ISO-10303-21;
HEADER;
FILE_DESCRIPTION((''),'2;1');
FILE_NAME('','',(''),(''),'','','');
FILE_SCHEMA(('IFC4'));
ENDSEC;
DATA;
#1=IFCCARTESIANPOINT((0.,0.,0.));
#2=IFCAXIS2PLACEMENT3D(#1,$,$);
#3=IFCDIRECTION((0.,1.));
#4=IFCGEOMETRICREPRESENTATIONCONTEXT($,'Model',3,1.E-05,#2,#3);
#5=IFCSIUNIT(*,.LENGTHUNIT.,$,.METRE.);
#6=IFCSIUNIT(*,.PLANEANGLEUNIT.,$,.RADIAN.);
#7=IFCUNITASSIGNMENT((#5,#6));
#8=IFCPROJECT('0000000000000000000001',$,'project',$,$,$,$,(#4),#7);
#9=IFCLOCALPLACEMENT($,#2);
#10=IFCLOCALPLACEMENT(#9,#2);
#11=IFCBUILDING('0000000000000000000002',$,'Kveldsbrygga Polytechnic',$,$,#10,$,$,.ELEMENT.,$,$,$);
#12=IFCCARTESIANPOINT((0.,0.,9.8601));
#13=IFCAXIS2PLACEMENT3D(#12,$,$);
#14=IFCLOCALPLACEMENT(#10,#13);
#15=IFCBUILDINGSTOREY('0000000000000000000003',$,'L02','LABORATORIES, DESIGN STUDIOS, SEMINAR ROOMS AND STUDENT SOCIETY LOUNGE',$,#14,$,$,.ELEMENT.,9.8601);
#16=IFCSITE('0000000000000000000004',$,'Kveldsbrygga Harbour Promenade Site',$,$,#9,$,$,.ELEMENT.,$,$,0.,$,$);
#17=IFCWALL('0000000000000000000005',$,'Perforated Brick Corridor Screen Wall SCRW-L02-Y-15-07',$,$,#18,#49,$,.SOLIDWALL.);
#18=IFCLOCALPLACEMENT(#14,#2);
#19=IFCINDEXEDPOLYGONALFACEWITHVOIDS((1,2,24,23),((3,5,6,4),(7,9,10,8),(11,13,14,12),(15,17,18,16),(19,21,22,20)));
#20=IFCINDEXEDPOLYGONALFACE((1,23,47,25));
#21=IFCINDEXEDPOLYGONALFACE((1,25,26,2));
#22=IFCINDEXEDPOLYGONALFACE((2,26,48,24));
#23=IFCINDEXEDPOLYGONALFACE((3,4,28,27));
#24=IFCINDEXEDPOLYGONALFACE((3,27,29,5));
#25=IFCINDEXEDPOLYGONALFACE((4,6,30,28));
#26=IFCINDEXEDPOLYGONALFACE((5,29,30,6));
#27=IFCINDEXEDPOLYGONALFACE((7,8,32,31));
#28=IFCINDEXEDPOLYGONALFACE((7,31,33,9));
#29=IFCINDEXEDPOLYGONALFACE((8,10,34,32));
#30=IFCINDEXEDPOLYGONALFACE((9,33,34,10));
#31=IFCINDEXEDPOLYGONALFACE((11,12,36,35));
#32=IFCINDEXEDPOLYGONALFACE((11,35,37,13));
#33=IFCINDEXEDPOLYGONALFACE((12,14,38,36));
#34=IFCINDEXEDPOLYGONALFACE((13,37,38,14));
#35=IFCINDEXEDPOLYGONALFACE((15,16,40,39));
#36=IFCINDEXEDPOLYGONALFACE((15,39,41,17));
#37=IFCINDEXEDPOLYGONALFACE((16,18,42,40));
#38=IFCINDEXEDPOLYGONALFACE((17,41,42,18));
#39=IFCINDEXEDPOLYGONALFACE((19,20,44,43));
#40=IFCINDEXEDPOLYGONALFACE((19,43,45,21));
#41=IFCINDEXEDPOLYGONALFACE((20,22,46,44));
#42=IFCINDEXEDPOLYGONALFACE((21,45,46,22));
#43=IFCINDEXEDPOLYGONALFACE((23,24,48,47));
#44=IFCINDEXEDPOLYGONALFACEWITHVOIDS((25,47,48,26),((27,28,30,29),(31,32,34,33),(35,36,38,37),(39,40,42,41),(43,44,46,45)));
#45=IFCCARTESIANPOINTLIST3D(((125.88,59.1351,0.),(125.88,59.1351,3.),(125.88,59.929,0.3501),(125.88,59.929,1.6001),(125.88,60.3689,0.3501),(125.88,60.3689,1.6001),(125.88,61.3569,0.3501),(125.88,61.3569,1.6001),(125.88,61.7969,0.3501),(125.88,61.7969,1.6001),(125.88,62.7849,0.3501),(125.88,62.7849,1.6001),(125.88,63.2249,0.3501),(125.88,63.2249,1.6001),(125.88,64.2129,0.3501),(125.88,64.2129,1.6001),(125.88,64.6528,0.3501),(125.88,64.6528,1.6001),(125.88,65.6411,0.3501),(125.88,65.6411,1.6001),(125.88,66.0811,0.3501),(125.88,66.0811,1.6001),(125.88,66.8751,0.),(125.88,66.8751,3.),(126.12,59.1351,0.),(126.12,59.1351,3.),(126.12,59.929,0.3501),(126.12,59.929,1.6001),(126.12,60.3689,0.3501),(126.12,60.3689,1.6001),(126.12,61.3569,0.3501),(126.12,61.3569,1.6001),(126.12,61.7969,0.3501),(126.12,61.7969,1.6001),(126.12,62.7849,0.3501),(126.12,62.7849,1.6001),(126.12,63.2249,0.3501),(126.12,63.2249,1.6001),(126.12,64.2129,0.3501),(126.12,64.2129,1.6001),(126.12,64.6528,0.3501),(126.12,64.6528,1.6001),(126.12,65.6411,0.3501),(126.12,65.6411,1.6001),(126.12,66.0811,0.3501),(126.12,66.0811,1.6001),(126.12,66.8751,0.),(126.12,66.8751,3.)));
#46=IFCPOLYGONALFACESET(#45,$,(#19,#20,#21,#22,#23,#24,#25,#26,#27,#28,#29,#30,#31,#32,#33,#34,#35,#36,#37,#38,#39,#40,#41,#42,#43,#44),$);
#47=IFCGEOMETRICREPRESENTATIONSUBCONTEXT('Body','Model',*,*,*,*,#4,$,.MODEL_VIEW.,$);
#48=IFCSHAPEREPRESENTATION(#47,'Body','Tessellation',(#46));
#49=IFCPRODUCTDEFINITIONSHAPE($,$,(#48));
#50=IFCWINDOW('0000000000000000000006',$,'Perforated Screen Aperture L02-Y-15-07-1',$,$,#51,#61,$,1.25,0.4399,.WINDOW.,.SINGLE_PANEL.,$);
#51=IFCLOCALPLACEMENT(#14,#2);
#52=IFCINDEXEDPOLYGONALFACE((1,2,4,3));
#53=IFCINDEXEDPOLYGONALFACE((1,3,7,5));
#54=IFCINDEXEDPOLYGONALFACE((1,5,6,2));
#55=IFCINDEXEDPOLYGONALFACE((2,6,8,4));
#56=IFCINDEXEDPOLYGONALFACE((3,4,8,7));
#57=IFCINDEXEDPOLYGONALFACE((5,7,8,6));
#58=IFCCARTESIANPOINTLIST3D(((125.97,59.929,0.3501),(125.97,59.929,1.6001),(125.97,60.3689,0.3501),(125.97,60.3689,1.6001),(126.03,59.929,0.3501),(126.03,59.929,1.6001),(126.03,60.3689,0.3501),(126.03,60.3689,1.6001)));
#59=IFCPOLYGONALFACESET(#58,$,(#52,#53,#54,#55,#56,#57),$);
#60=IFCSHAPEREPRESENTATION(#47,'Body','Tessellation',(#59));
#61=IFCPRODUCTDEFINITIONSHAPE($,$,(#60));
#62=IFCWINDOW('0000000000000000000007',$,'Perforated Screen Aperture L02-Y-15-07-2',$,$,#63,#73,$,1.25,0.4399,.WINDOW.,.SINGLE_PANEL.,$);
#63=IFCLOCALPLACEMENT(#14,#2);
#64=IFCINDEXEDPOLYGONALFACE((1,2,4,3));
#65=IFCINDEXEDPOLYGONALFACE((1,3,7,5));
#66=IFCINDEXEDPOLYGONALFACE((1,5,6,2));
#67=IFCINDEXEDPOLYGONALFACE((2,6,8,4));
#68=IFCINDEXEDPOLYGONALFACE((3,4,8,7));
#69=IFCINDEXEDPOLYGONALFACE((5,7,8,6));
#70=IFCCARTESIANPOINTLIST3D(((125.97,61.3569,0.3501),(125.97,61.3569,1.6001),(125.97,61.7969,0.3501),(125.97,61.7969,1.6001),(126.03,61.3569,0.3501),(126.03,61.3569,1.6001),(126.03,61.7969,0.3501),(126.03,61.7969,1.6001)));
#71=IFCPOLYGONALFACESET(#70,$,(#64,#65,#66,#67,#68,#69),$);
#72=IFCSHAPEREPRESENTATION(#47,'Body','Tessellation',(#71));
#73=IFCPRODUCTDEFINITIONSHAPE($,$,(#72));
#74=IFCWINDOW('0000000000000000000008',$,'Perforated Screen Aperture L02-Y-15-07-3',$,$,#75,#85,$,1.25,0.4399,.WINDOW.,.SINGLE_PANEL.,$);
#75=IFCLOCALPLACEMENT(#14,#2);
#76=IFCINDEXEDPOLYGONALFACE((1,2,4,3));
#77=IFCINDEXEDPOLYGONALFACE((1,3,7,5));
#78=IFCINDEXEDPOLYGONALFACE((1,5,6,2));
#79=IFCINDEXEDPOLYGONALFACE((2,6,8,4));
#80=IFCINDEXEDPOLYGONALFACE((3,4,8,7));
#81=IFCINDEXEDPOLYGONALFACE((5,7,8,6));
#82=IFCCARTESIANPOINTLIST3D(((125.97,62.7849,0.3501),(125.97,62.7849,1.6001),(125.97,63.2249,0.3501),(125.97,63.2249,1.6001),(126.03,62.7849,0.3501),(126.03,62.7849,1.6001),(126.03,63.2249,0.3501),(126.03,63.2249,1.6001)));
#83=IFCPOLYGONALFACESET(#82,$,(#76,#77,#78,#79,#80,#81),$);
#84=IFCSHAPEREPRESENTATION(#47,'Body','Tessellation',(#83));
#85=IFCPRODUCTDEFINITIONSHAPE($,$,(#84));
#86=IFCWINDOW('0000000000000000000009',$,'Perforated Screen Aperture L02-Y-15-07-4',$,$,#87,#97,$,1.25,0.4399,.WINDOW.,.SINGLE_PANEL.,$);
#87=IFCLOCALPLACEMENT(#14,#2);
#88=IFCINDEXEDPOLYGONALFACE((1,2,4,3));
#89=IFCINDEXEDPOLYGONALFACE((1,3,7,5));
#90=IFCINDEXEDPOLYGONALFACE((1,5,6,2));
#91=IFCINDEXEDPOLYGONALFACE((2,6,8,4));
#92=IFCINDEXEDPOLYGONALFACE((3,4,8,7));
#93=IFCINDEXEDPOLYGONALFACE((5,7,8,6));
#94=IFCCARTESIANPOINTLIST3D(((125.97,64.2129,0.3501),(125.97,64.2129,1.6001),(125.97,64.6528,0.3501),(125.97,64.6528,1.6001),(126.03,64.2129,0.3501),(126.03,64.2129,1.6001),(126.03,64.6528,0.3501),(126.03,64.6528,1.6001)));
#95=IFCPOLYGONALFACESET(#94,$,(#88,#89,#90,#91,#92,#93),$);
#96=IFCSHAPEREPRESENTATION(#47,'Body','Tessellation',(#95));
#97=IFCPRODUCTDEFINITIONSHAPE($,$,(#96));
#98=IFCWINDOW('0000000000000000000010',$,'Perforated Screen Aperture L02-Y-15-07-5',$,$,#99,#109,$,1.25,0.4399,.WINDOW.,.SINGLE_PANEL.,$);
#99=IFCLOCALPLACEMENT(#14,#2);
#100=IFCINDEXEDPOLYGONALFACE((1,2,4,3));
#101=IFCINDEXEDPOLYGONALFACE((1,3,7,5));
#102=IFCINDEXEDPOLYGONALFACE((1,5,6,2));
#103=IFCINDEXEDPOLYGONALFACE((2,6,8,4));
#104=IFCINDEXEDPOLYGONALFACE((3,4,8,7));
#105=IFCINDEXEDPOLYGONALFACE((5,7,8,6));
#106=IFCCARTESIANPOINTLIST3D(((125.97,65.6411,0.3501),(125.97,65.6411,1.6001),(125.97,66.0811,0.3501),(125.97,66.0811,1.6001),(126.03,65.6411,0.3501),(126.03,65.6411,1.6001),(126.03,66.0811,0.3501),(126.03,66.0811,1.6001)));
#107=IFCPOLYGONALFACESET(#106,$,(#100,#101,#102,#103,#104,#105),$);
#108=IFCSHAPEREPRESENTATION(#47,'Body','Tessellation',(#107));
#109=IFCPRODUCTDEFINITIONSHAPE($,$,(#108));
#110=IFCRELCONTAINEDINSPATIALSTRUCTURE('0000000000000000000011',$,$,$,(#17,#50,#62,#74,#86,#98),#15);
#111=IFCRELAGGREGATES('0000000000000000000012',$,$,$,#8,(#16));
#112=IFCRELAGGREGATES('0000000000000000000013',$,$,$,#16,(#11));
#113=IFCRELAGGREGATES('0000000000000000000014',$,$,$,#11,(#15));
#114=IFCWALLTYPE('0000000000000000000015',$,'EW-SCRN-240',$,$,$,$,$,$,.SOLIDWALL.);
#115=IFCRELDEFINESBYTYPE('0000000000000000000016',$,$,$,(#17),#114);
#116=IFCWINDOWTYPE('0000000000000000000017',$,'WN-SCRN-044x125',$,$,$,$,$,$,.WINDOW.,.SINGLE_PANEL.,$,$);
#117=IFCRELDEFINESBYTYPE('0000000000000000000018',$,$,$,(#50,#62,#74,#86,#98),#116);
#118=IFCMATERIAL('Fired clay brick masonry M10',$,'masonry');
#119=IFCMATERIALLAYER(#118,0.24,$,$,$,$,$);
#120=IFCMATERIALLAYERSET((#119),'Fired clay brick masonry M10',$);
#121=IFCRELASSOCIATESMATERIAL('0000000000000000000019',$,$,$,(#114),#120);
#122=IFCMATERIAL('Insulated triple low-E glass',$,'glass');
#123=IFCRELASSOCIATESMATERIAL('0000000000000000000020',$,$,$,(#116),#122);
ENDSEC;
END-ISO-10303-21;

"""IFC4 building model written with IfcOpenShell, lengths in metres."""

from ifc_helpers import new_model, si_unit, direction, frame, frame_2d, origin, place, context, subcontext, project, spatial, rectangle, extrude, material, layer, layer_set, type_object, element, fill, save


model = new_model("IFC4")

# Units and contexts
model_context = context("Model", 3, precision=1e-05, world=origin(), true_north=direction((0.0, 1.0)))
body_context = subcontext(model_context, "Body", "Model", "MODEL_VIEW")
ifc_project = project(units=[si_unit("LENGTHUNIT", "METRE"), si_unit("PLANEANGLEUNIT", "RADIAN")], contexts=[model_context])

# Site, building, storey
site_placement = place(None, origin())
site = spatial("IfcSite", under=ifc_project, at=site_placement, Name="Kveldsbrygga Harbour Promenade Site", CompositionType="ELEMENT", RefElevation=0.0)
building_placement = place(site_placement, origin())
building = spatial("IfcBuilding", under=site, at=building_placement, Name="Kveldsbrygga Polytechnic", CompositionType="ELEMENT")
storey_placement = place(building_placement, frame((0.0, 0.0, 9.8601)))
storey = spatial("IfcBuildingStorey", under=building, at=storey_placement, Name="L02", Description="LABORATORIES, DESIGN STUDIOS, SEMINAR ROOMS AND STUDENT SOCIETY LOUNGE", CompositionType="ELEMENT", Elevation=9.8601)

# Shared definitions
ifc_material_1 = material(Name="Fired clay brick masonry M10", Category="masonry")

# Wall, openings, windows
ifc_layer_1 = layer(ifc_material_1, 0.24)
ifc_layer_set_1 = layer_set([ifc_layer_1], Name="Fired clay brick masonry M10")
wall_type_1 = type_object("IfcWallType", Name="EW-SCRN-240", PredefinedType="SOLIDWALL", material=ifc_layer_set_1)
wall_1_placement = place(storey_placement, frame((126.0, 59.135, 0.0), z_axis=(0.0, 0.0, 1.0), x_axis=(0.0, 1.0, 0.0)))
wall_1 = element("IfcWall", 1, at=wall_1_placement, inside=storey, type_object=wall_type_1, Name="Perforated Brick Corridor Screen Wall SCRW-L02-Y-15-07", PredefinedType="SOLIDWALL", context=body_context, shape_type="SweptSolid", body=[
    extrude(rectangle(XDim=7.74, YDim=0.24, at=frame_2d((3.8701, 0.0))), origin(), (0.0, 0.0, 1.0), 3.0),
])
opening_1_placement = place(wall_1_placement, frame((0.7939, 0.0, 0.3501)))
opening_1 = element("IfcOpeningElement", 2, at=opening_1_placement, cuts=wall_1, PredefinedType="OPENING", context=body_context, shape_type="SweptSolid", body=[
    extrude(rectangle(XDim=0.4399, YDim=1.25, at=frame_2d((0.22, 0.625))), frame((0.0, 0.1299, 0.0), z_axis=(0.0, -1.0, 0.0), x_axis=(1.0, 0.0, 0.0)), (0.0, 0.0, 1.0), 0.26),
])
opening_2_placement = place(wall_1_placement, frame((2.2219, 0.0, 0.3501)))
opening_2 = element("IfcOpeningElement", 3, at=opening_2_placement, cuts=wall_1, PredefinedType="OPENING", context=body_context, shape_type="SweptSolid", body=[
    extrude(rectangle(XDim=0.4399, YDim=1.25, at=frame_2d((0.22, 0.625))), frame((0.0, 0.1299, 0.0), z_axis=(0.0, -1.0, 0.0), x_axis=(1.0, 0.0, 0.0)), (0.0, 0.0, 1.0), 0.26),
])
opening_3_placement = place(wall_1_placement, frame((3.6499, 0.0, 0.3501)))
opening_3 = element("IfcOpeningElement", 4, at=opening_3_placement, cuts=wall_1, PredefinedType="OPENING", context=body_context, shape_type="SweptSolid", body=[
    extrude(rectangle(XDim=0.4399, YDim=1.25, at=frame_2d((0.22, 0.625))), frame((0.0, 0.1299, 0.0), z_axis=(0.0, -1.0, 0.0), x_axis=(1.0, 0.0, 0.0)), (0.0, 0.0, 1.0), 0.26),
])
opening_4_placement = place(wall_1_placement, frame((5.0779, 0.0, 0.3501)))
opening_4 = element("IfcOpeningElement", 5, at=opening_4_placement, cuts=wall_1, PredefinedType="OPENING", context=body_context, shape_type="SweptSolid", body=[
    extrude(rectangle(XDim=0.4399, YDim=1.25, at=frame_2d((0.22, 0.625))), frame((0.0, 0.1299, 0.0), z_axis=(0.0, -1.0, 0.0), x_axis=(1.0, 0.0, 0.0)), (0.0, 0.0, 1.0), 0.26),
])
opening_5_placement = place(wall_1_placement, frame((6.5061, 0.0, 0.3501)))
opening_5 = element("IfcOpeningElement", 6, at=opening_5_placement, cuts=wall_1, PredefinedType="OPENING", context=body_context, shape_type="SweptSolid", body=[
    extrude(rectangle(XDim=0.4399, YDim=1.25, at=frame_2d((0.22, 0.625))), frame((0.0, 0.1299, 0.0), z_axis=(0.0, -1.0, 0.0), x_axis=(1.0, 0.0, 0.0)), (0.0, 0.0, 1.0), 0.26),
])
ifc_material_2 = material(Name="Insulated triple low-E glass", Category="glass")
window_type = type_object("IfcWindowType", Name="WN-SCRN-044x125", PartitioningType="SINGLE_PANEL", PredefinedType="WINDOW", material=ifc_material_2)
window_1_placement = place(opening_1_placement, origin())
window_1 = element("IfcWindow", 7, at=window_1_placement, inside=storey, type_object=window_type, Name="Perforated Screen Aperture L02-Y-15-07-1", OverallHeight=1.25, OverallWidth=0.4399, PartitioningType="SINGLE_PANEL", PredefinedType="WINDOW", context=body_context, shape_type="SweptSolid", body=[
    extrude(rectangle(XDim=0.4399, YDim=1.25, at=frame_2d((0.22, 0.625))), frame((0.0, 0.03, 0.0), z_axis=(0.0, -1.0, 0.0), x_axis=(1.0, 0.0, 0.0)), (0.0, 0.0, 1.0), 0.0601),
])
fill(opening_1, window_1)
window_2_placement = place(opening_2_placement, origin())
window_2 = element("IfcWindow", 8, at=window_2_placement, inside=storey, type_object=window_type, Name="Perforated Screen Aperture L02-Y-15-07-2", OverallHeight=1.25, OverallWidth=0.4399, PartitioningType="SINGLE_PANEL", PredefinedType="WINDOW", context=body_context, shape_type="SweptSolid", body=[
    extrude(rectangle(XDim=0.4399, YDim=1.25, at=frame_2d((0.22, 0.625))), frame((0.0, 0.03, 0.0), z_axis=(0.0, -1.0, 0.0), x_axis=(1.0, 0.0, 0.0)), (0.0, 0.0, 1.0), 0.0601),
])
fill(opening_2, window_2)
window_3_placement = place(opening_3_placement, origin())
window_3 = element("IfcWindow", 9, at=window_3_placement, inside=storey, type_object=window_type, Name="Perforated Screen Aperture L02-Y-15-07-3", OverallHeight=1.25, OverallWidth=0.4399, PartitioningType="SINGLE_PANEL", PredefinedType="WINDOW", context=body_context, shape_type="SweptSolid", body=[
    extrude(rectangle(XDim=0.4399, YDim=1.25, at=frame_2d((0.22, 0.625))), frame((0.0, 0.03, 0.0), z_axis=(0.0, -1.0, 0.0), x_axis=(1.0, 0.0, 0.0)), (0.0, 0.0, 1.0), 0.0601),
])
fill(opening_3, window_3)
window_4_placement = place(opening_4_placement, origin())
window_4 = element("IfcWindow", 10, at=window_4_placement, inside=storey, type_object=window_type, Name="Perforated Screen Aperture L02-Y-15-07-4", OverallHeight=1.25, OverallWidth=0.4399, PartitioningType="SINGLE_PANEL", PredefinedType="WINDOW", context=body_context, shape_type="SweptSolid", body=[
    extrude(rectangle(XDim=0.4399, YDim=1.25, at=frame_2d((0.22, 0.625))), frame((0.0, 0.03, 0.0), z_axis=(0.0, -1.0, 0.0), x_axis=(1.0, 0.0, 0.0)), (0.0, 0.0, 1.0), 0.0601),
])
fill(opening_4, window_4)
window_5_placement = place(opening_5_placement, origin())
window_5 = element("IfcWindow", 11, at=window_5_placement, inside=storey, type_object=window_type, Name="Perforated Screen Aperture L02-Y-15-07-5", OverallHeight=1.25, OverallWidth=0.4399, PartitioningType="SINGLE_PANEL", PredefinedType="WINDOW", context=body_context, shape_type="SweptSolid", body=[
    extrude(rectangle(XDim=0.4399, YDim=1.25, at=frame_2d((0.22, 0.625))), frame((0.0, 0.03, 0.0), z_axis=(0.0, -1.0, 0.0), x_axis=(1.0, 0.0, 0.0)), (0.0, 0.0, 1.0), 0.0601),
])
fill(opening_5, window_5)

save(model, "model.ifc")
